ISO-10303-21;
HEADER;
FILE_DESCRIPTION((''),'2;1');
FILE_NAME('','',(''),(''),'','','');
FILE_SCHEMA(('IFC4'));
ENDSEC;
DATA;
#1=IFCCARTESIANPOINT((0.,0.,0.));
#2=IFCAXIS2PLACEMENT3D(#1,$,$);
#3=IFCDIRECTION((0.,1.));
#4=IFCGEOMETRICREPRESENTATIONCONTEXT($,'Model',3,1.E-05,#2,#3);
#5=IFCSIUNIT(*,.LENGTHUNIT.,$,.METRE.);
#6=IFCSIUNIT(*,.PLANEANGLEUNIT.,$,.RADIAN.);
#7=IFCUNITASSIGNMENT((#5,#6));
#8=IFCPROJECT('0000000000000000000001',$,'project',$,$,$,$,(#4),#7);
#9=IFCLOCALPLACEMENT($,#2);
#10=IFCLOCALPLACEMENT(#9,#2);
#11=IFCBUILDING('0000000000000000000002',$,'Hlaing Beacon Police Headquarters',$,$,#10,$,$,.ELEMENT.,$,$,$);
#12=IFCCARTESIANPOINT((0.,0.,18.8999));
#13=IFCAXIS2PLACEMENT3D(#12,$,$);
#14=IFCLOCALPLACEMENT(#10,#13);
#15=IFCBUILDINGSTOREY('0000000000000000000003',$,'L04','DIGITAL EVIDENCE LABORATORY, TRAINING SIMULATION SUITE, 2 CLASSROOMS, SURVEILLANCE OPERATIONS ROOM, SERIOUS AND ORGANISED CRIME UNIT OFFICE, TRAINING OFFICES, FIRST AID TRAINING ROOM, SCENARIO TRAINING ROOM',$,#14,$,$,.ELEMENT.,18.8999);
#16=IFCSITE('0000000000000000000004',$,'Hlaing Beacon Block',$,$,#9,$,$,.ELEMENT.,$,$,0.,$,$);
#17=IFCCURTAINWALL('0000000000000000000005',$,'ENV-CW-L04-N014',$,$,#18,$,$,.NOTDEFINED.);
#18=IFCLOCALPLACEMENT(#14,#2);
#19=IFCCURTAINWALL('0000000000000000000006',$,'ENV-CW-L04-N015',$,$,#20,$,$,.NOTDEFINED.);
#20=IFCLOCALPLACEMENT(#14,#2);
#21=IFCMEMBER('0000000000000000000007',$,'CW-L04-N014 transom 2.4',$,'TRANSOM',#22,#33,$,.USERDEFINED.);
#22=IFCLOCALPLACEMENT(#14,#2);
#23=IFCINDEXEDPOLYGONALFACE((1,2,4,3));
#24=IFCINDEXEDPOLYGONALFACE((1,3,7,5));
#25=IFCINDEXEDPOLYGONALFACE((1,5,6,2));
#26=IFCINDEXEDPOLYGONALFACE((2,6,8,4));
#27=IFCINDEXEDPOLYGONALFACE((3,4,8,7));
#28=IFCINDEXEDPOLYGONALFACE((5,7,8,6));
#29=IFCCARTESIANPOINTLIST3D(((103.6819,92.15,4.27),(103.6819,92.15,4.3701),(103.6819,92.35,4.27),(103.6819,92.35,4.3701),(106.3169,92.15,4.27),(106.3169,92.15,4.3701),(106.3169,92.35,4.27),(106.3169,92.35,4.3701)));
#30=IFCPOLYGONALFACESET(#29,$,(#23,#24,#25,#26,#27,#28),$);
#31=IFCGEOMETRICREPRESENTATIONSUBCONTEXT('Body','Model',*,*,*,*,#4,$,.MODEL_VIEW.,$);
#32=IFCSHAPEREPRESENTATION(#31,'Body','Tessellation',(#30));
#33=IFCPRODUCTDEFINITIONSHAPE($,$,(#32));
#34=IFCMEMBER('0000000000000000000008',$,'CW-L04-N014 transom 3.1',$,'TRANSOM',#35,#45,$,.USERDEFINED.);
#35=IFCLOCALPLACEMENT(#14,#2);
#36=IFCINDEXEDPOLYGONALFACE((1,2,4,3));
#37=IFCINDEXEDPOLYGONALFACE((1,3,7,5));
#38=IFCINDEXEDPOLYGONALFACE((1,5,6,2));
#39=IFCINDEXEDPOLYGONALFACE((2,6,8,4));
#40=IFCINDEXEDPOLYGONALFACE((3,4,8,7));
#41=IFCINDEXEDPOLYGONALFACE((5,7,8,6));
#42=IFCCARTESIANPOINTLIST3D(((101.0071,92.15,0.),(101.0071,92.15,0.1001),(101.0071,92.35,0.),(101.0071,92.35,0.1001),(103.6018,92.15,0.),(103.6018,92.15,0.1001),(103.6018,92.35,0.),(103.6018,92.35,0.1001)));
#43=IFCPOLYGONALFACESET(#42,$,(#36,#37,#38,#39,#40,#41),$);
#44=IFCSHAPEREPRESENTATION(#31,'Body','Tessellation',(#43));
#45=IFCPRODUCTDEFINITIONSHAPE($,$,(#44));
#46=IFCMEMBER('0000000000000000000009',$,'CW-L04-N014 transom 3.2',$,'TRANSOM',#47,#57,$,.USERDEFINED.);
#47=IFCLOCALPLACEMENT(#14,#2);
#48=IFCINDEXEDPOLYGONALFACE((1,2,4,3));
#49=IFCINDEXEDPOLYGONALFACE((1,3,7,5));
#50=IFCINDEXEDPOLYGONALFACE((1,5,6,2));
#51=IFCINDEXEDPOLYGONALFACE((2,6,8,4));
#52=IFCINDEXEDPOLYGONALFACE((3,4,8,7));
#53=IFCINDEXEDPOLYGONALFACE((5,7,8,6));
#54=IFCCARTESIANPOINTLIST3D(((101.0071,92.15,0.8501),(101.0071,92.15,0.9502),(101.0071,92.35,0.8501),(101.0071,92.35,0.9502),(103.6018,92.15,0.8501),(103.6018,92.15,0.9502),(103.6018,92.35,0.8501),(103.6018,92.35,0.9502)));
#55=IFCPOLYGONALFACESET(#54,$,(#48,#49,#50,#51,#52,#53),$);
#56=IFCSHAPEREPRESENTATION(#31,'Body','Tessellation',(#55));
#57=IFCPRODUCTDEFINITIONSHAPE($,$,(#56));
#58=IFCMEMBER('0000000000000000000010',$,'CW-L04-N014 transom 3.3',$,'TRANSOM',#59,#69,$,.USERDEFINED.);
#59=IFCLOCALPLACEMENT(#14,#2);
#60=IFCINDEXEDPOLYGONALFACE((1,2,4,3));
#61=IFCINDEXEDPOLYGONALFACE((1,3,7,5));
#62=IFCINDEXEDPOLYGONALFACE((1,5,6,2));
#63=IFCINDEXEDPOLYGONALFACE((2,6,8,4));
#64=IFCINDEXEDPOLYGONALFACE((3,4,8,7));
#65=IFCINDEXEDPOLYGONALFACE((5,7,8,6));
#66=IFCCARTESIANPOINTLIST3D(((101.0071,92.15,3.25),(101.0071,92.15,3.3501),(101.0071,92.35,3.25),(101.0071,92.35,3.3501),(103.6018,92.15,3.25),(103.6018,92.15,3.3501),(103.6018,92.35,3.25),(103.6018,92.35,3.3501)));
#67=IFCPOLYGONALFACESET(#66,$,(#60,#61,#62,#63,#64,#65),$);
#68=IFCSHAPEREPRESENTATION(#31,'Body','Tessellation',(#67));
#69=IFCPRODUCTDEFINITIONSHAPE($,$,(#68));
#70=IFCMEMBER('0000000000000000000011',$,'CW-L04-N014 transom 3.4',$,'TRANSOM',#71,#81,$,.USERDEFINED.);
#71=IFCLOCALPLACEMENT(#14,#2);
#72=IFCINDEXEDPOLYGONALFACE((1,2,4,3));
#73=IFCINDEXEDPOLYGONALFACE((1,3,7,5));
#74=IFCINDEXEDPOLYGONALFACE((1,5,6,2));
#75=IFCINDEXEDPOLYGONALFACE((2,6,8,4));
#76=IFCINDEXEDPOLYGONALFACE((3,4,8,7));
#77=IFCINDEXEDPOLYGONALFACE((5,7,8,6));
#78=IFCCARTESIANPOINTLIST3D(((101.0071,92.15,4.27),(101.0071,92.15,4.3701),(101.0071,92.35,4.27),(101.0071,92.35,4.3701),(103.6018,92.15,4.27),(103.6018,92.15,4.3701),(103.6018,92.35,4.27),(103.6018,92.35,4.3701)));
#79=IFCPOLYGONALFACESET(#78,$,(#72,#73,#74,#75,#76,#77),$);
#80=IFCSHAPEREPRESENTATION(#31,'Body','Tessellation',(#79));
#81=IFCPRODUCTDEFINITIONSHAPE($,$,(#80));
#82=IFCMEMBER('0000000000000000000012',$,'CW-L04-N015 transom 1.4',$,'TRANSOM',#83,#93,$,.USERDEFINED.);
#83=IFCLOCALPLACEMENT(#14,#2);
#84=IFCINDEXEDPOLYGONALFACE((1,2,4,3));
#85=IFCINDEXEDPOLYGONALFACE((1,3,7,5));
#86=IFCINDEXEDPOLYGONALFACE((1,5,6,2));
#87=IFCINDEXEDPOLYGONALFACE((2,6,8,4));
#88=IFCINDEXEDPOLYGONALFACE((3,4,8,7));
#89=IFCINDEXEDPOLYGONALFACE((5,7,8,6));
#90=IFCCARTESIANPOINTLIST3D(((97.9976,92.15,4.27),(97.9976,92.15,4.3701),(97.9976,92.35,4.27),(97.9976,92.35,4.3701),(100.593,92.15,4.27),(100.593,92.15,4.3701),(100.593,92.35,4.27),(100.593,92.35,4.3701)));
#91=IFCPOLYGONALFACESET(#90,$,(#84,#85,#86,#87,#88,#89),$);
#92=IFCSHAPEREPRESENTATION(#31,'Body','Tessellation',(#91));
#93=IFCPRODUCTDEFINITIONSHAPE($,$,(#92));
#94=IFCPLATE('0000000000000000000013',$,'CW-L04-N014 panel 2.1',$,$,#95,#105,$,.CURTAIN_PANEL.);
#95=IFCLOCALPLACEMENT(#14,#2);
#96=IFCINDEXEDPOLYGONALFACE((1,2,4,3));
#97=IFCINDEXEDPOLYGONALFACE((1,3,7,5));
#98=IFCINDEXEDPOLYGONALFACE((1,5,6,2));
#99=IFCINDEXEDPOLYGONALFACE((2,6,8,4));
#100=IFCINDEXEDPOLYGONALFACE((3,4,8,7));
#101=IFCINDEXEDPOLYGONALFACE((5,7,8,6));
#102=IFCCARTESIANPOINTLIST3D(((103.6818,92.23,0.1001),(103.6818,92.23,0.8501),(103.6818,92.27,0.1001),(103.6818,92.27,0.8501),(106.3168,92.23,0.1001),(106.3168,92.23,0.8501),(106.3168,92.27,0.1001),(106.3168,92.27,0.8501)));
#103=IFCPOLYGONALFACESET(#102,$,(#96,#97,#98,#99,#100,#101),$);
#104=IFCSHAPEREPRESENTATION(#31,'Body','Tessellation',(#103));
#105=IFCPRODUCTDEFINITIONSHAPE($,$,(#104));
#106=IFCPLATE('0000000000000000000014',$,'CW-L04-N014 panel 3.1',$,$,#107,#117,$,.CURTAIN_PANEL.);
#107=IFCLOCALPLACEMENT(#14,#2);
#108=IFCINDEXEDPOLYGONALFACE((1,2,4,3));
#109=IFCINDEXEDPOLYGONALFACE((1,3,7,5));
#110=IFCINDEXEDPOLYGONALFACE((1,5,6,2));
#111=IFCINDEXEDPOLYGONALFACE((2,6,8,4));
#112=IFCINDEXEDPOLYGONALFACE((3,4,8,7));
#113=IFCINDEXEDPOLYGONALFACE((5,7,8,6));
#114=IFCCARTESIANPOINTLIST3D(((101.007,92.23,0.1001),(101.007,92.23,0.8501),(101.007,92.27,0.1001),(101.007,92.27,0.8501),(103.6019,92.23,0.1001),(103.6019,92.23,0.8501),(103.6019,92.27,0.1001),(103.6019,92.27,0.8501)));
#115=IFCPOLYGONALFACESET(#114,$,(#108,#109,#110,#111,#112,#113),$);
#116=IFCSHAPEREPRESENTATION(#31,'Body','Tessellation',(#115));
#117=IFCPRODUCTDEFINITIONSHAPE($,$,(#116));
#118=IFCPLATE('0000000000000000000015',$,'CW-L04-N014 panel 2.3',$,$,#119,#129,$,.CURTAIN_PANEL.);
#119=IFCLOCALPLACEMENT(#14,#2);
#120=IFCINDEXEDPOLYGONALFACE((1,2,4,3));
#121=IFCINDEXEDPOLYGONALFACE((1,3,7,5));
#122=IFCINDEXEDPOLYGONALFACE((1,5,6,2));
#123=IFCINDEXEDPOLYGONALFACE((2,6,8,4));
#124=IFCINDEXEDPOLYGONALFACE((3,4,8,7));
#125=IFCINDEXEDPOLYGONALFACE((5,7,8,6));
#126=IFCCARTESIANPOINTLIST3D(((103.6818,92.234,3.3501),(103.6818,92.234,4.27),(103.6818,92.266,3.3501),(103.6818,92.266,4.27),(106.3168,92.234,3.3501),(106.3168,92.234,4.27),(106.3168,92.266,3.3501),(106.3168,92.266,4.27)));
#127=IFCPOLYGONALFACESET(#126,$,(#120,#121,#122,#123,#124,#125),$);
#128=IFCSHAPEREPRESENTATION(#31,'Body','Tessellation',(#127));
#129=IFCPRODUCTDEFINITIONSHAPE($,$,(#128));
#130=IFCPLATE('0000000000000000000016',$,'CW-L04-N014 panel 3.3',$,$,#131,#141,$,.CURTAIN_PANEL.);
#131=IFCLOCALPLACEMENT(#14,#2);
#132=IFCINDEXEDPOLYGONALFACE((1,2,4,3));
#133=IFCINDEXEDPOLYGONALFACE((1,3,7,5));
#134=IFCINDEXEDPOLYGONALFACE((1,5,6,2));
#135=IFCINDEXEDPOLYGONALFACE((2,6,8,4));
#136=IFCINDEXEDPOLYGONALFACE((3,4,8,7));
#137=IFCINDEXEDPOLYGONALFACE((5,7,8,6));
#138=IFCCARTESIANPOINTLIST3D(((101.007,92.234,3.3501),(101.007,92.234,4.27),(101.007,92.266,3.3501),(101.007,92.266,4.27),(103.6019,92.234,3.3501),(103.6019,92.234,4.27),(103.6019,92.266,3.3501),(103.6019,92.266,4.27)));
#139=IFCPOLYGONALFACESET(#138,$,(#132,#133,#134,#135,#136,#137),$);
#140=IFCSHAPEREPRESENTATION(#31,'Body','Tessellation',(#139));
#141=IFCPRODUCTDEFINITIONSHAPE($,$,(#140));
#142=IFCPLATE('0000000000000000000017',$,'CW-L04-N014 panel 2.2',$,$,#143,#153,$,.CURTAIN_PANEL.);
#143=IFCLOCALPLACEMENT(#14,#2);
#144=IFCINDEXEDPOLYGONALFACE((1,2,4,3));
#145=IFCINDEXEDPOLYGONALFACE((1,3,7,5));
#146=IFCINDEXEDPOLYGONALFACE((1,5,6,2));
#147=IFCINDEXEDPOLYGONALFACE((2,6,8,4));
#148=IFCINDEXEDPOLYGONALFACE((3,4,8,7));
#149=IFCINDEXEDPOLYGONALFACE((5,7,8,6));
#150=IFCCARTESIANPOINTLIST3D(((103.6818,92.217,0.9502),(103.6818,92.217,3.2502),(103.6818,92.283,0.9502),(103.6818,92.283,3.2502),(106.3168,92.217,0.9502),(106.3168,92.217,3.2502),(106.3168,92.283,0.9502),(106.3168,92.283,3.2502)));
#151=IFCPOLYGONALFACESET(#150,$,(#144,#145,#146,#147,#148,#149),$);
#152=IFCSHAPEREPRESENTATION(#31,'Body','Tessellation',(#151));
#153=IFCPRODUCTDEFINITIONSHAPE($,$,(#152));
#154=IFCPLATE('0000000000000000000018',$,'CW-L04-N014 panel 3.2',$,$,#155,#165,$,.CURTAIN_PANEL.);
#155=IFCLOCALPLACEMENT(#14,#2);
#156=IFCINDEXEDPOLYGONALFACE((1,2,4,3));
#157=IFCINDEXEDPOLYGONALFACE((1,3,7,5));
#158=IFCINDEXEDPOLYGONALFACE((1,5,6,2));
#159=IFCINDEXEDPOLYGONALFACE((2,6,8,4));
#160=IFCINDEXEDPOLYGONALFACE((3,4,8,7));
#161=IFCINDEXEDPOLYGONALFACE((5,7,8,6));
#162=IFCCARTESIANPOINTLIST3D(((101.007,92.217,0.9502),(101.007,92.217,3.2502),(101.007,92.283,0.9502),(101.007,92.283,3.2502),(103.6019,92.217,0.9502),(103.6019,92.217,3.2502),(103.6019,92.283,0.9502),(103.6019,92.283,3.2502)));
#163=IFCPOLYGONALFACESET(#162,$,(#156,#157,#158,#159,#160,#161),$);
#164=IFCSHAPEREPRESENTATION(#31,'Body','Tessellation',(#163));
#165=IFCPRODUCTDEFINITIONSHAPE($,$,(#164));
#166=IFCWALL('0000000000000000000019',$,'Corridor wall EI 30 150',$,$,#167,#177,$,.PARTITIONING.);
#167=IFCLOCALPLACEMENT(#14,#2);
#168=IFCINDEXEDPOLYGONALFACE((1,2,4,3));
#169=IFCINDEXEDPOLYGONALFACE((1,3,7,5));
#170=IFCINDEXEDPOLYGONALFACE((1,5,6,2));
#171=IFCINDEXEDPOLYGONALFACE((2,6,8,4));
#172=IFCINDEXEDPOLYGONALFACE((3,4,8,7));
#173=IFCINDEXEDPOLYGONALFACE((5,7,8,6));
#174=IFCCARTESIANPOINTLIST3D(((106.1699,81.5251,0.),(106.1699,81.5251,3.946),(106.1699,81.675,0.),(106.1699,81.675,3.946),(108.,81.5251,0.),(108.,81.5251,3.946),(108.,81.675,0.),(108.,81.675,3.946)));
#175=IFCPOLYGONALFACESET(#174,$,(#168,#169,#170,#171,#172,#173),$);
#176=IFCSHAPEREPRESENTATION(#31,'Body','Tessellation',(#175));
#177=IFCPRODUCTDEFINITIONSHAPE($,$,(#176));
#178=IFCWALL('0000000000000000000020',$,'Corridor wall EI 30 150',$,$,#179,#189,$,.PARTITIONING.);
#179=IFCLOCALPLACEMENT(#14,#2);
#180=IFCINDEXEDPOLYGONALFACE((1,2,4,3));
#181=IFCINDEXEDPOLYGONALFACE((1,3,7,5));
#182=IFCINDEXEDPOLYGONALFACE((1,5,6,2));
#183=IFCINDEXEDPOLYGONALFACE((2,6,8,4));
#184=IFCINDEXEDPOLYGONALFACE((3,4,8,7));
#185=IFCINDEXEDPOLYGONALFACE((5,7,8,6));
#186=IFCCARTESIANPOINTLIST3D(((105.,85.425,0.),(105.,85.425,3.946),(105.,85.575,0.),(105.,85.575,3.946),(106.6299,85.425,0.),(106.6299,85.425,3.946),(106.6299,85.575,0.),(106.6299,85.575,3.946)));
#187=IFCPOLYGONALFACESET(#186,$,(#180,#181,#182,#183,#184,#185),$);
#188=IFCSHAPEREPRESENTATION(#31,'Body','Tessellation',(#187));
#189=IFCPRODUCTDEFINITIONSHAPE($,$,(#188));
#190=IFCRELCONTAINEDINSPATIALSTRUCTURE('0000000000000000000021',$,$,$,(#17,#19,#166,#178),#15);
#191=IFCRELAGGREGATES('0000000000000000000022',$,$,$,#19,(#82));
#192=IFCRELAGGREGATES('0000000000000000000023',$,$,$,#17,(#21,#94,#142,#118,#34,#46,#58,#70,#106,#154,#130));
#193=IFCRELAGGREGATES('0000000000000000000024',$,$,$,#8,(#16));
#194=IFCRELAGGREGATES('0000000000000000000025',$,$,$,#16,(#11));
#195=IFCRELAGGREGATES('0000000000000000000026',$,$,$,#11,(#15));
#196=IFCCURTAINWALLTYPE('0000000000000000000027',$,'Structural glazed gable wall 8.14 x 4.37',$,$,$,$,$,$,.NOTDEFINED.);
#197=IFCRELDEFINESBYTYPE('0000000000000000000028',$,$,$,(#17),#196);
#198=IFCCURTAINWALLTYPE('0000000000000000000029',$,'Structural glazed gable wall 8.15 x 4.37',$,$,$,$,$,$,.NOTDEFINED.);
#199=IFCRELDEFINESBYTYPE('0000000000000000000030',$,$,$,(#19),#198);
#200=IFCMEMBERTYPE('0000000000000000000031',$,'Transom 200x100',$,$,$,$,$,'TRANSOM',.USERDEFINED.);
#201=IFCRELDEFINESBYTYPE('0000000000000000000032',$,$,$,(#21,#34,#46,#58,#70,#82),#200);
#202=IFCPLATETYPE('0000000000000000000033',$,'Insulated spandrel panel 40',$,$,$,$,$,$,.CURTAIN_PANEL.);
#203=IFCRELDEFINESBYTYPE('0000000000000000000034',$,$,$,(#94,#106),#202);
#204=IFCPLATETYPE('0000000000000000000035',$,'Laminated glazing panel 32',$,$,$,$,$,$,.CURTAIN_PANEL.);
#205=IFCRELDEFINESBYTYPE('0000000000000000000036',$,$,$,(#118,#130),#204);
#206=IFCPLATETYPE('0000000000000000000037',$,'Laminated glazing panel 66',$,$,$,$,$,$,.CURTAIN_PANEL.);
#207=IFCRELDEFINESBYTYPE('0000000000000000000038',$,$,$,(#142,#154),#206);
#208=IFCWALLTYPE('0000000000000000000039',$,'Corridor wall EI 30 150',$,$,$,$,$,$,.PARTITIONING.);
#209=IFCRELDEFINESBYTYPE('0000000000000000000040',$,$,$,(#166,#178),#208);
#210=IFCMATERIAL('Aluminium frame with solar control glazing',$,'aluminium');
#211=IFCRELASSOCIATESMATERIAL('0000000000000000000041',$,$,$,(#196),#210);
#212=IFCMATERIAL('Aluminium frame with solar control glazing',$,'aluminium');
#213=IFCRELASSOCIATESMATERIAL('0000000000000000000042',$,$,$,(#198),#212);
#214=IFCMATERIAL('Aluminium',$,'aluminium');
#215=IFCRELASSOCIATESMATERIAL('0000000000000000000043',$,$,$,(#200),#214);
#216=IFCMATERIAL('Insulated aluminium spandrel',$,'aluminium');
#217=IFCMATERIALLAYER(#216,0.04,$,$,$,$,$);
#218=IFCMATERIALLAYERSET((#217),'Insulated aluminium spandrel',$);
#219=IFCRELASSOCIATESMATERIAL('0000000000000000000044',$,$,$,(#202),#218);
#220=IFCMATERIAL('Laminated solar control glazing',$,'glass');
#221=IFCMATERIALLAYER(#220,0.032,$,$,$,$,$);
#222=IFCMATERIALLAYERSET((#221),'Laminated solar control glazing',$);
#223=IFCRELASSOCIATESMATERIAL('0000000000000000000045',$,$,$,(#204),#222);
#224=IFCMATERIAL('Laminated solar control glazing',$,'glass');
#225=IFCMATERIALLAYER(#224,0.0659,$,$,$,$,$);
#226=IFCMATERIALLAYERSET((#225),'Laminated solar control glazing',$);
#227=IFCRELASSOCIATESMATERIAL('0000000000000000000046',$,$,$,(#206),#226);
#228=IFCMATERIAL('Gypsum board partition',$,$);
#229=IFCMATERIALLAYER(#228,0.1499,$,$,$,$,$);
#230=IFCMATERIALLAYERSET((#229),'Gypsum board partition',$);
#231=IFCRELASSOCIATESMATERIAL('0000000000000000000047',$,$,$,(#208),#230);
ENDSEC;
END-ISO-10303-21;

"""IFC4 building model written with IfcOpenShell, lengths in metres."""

from ifc_helpers import new_model, si_unit, direction, frame, frame_2d, origin, origin_2d, place, context, subcontext, project, spatial, rectangle, extrude, material, layer, layer_set, material_profile, profile_set, type_object, element, aggregate, save


model = new_model("IFC4")

# Units and contexts
model_context = context("Model", 3, precision=1e-05, world=origin(), true_north=direction((0.0, 1.0)))
body_context = subcontext(model_context, "Body", "Model", "MODEL_VIEW")
ifc_project = project(units=[si_unit("LENGTHUNIT", "METRE"), si_unit("PLANEANGLEUNIT", "RADIAN")], contexts=[model_context])

# Site, building, storey
site_placement = place(None, origin())
site = spatial("IfcSite", under=ifc_project, at=site_placement, Name="Hlaing Beacon Block", CompositionType="ELEMENT", RefElevation=0.0)
building_placement = place(site_placement, origin())
building = spatial("IfcBuilding", under=site, at=building_placement, Name="Hlaing Beacon Police Headquarters", CompositionType="ELEMENT")
storey_placement = place(building_placement, frame((0.0, 0.0, 18.8999)))
storey = spatial("IfcBuildingStorey", under=building, at=storey_placement, Name="L04", Description="DIGITAL EVIDENCE LABORATORY, TRAINING SIMULATION SUITE, 2 CLASSROOMS, SURVEILLANCE OPERATIONS ROOM, SERIOUS AND ORGANISED CRIME UNIT OFFICE, TRAINING OFFICES, FIRST AID TRAINING ROOM, SCENARIO TRAINING ROOM", CompositionType="ELEMENT", Elevation=18.8999)

# Curtain wall
ifc_material_1 = material(Name="Aluminium frame with solar control glazing", Category="aluminium")
curtain_wall_type_1 = type_object("IfcCurtainWallType", Name="Structural glazed gable wall 8.14 x 4.37", PredefinedType="NOTDEFINED", material=ifc_material_1)
curtain_wall_1_placement = place(storey_placement, origin())
curtain_wall_1 = element("IfcCurtainWall", 1, at=curtain_wall_1_placement, inside=storey, type_object=curtain_wall_type_1, Name="ENV-CW-L04-N014", PredefinedType="NOTDEFINED")

# Curtain wall
ifc_material_2 = material(Name="Aluminium frame with solar control glazing", Category="aluminium")
curtain_wall_type_2 = type_object("IfcCurtainWallType", Name="Structural glazed gable wall 8.15 x 4.37", PredefinedType="NOTDEFINED", material=ifc_material_2)
curtain_wall_2_placement = place(storey_placement, origin())
curtain_wall_2 = element("IfcCurtainWall", 2, at=curtain_wall_2_placement, inside=storey, type_object=curtain_wall_type_2, Name="ENV-CW-L04-N015", PredefinedType="NOTDEFINED")

# Members
ifc_material_3 = material(Name="Aluminium", Category="aluminium")
ifc_material_profile_1 = material_profile(ifc_material_3, rectangle(XDim=0.2, YDim=0.1001, at=origin_2d()), Name="Transom 200x100")
ifc_profile_set_1 = profile_set([ifc_material_profile_1], Name="Aluminium")
member_type_1 = type_object("IfcMemberType", Name="Transom 200x100", ElementType="TRANSOM", PredefinedType="USERDEFINED", material=ifc_profile_set_1)
member_1_placement = place(storey_placement, frame((106.3169, 92.25, 4.3201), z_axis=(-1.0, 0.0, 0.0), x_axis=(0.0, -1.0, 0.0)))
member_1 = element("IfcMember", 3, at=member_1_placement, type_object=member_type_1, Name="CW-L04-N014 transom 2.4", ObjectType="TRANSOM", PredefinedType="USERDEFINED", context=body_context, shape_type="SweptSolid", body=[
    extrude(rectangle(XDim=0.2, YDim=0.1001, at=origin_2d()), origin(), (0.0, 0.0, 1.0), 2.635),
])
member_2_placement = place(storey_placement, frame((103.6018, 92.25, 0.05), z_axis=(-1.0, 0.0, 0.0), x_axis=(0.0, -1.0, 0.0)))
member_2 = element("IfcMember", 4, at=member_2_placement, type_object=member_type_1, Name="CW-L04-N014 transom 3.1", ObjectType="TRANSOM", PredefinedType="USERDEFINED", context=body_context, shape_type="SweptSolid", body=[
    extrude(rectangle(XDim=0.2, YDim=0.1001, at=origin_2d()), origin(), (0.0, 0.0, 1.0), 2.5947),
])
member_3_placement = place(storey_placement, frame((103.6018, 92.25, 0.9001), z_axis=(-1.0, 0.0, 0.0), x_axis=(0.0, -1.0, 0.0)))
member_3 = element("IfcMember", 5, at=member_3_placement, type_object=member_type_1, Name="CW-L04-N014 transom 3.2", ObjectType="TRANSOM", PredefinedType="USERDEFINED", context=body_context, shape_type="SweptSolid", body=[
    extrude(rectangle(XDim=0.2, YDim=0.1001, at=origin_2d()), origin(), (0.0, 0.0, 1.0), 2.5947),
])
member_4_placement = place(storey_placement, frame((103.6018, 92.25, 3.3), z_axis=(-1.0, 0.0, 0.0), x_axis=(0.0, -1.0, 0.0)))
member_4 = element("IfcMember", 6, at=member_4_placement, type_object=member_type_1, Name="CW-L04-N014 transom 3.3", ObjectType="TRANSOM", PredefinedType="USERDEFINED", context=body_context, shape_type="SweptSolid", body=[
    extrude(rectangle(XDim=0.2, YDim=0.1001, at=origin_2d()), origin(), (0.0, 0.0, 1.0), 2.5947),
])
member_5_placement = place(storey_placement, frame((103.6018, 92.25, 4.3201), z_axis=(-1.0, 0.0, 0.0), x_axis=(0.0, -1.0, 0.0)))
member_5 = element("IfcMember", 7, at=member_5_placement, type_object=member_type_1, Name="CW-L04-N014 transom 3.4", ObjectType="TRANSOM", PredefinedType="USERDEFINED", context=body_context, shape_type="SweptSolid", body=[
    extrude(rectangle(XDim=0.2, YDim=0.1001, at=origin_2d()), origin(), (0.0, 0.0, 1.0), 2.5947),
])
member_6_placement = place(storey_placement, frame((100.593, 92.25, 4.3201), z_axis=(-1.0, 0.0, 0.0), x_axis=(0.0, -1.0, 0.0)))
member_6 = element("IfcMember", 8, at=member_6_placement, type_object=member_type_1, Name="CW-L04-N015 transom 1.4", ObjectType="TRANSOM", PredefinedType="USERDEFINED", context=body_context, shape_type="SweptSolid", body=[
    extrude(rectangle(XDim=0.2, YDim=0.1001, at=origin_2d()), origin(), (0.0, 0.0, 1.0), 2.5955),
])
aggregate(curtain_wall_2, [member_6])

# Plates
ifc_material_4 = material(Name="Insulated aluminium spandrel", Category="aluminium")
ifc_layer_1 = layer(ifc_material_4, 0.04)
ifc_layer_set_1 = layer_set([ifc_layer_1], Name="Insulated aluminium spandrel")
plate_type_1 = type_object("IfcPlateType", Name="Insulated spandrel panel 40", PredefinedType="CURTAIN_PANEL", material=ifc_layer_set_1)
plate_1_placement = place(storey_placement, frame((104.9993, 92.25, 0.1001), z_axis=(0.0, 0.0, 1.0), x_axis=(-1.0, 0.0, 0.0)))
plate_1 = element("IfcPlate", 9, at=plate_1_placement, type_object=plate_type_1, Name="CW-L04-N014 panel 2.1", PredefinedType="CURTAIN_PANEL", context=body_context, shape_type="SweptSolid", body=[
    extrude(rectangle(XDim=2.635, YDim=0.04, at=origin_2d()), origin(), (0.0, 0.0, 1.0), 0.75),
])
plate_2_placement = place(storey_placement, frame((102.3044, 92.25, 0.1001), z_axis=(0.0, 0.0, 1.0), x_axis=(-1.0, 0.0, 0.0)))
plate_2 = element("IfcPlate", 10, at=plate_2_placement, type_object=plate_type_1, Name="CW-L04-N014 panel 3.1", PredefinedType="CURTAIN_PANEL", context=body_context, shape_type="SweptSolid", body=[
    extrude(rectangle(XDim=2.595, YDim=0.04, at=origin_2d()), origin(), (0.0, 0.0, 1.0), 0.75),
])
ifc_material_5 = material(Name="Laminated solar control glazing", Category="glass")
ifc_layer_2 = layer(ifc_material_5, 0.032)
ifc_layer_set_2 = layer_set([ifc_layer_2], Name="Laminated solar control glazing")
plate_type_2 = type_object("IfcPlateType", Name="Laminated glazing panel 32", PredefinedType="CURTAIN_PANEL", material=ifc_layer_set_2)
plate_3_placement = place(storey_placement, frame((104.9993, 92.25, 3.3501), z_axis=(0.0, 0.0, 1.0), x_axis=(-1.0, 0.0, 0.0)))
plate_3 = element("IfcPlate", 11, at=plate_3_placement, type_object=plate_type_2, Name="CW-L04-N014 panel 2.3", PredefinedType="CURTAIN_PANEL", context=body_context, shape_type="SweptSolid", body=[
    extrude(rectangle(XDim=2.635, YDim=0.032, at=origin_2d()), origin(), (0.0, 0.0, 1.0), 0.9199),
])
plate_4_placement = place(storey_placement, frame((102.3044, 92.25, 3.3501), z_axis=(0.0, 0.0, 1.0), x_axis=(-1.0, 0.0, 0.0)))
plate_4 = element("IfcPlate", 12, at=plate_4_placement, type_object=plate_type_2, Name="CW-L04-N014 panel 3.3", PredefinedType="CURTAIN_PANEL", context=body_context, shape_type="SweptSolid", body=[
    extrude(rectangle(XDim=2.595, YDim=0.032, at=origin_2d()), origin(), (0.0, 0.0, 1.0), 0.9199),
])
ifc_material_6 = material(Name="Laminated solar control glazing", Category="glass")
ifc_layer_3 = layer(ifc_material_6, 0.0659)
ifc_layer_set_3 = layer_set([ifc_layer_3], Name="Laminated solar control glazing")
plate_type_3 = type_object("IfcPlateType", Name="Laminated glazing panel 66", PredefinedType="CURTAIN_PANEL", material=ifc_layer_set_3)
plate_5_placement = place(storey_placement, frame((104.9993, 92.25, 0.9502), z_axis=(0.0, 0.0, 1.0), x_axis=(-1.0, 0.0, 0.0)))
plate_5 = element("IfcPlate", 13, at=plate_5_placement, type_object=plate_type_3, Name="CW-L04-N014 panel 2.2", PredefinedType="CURTAIN_PANEL", context=body_context, shape_type="SweptSolid", body=[
    extrude(rectangle(XDim=2.635, YDim=0.0659, at=origin_2d()), origin(), (0.0, 0.0, 1.0), 2.3),
])
plate_6_placement = place(storey_placement, frame((102.3044, 92.25, 0.9502), z_axis=(0.0, 0.0, 1.0), x_axis=(-1.0, 0.0, 0.0)))
plate_6 = element("IfcPlate", 14, at=plate_6_placement, type_object=plate_type_3, Name="CW-L04-N014 panel 3.2", PredefinedType="CURTAIN_PANEL", context=body_context, shape_type="SweptSolid", body=[
    extrude(rectangle(XDim=2.595, YDim=0.0659, at=origin_2d()), origin(), (0.0, 0.0, 1.0), 2.3),
])
aggregate(curtain_wall_1, [member_1, plate_1, plate_5, plate_3, member_2, member_3, member_4, member_5, plate_2, plate_6, plate_4])

# Wall
ifc_material_7 = material(Name="Gypsum board partition")
ifc_layer_4 = layer(ifc_material_7, 0.1499)
ifc_layer_set_4 = layer_set([ifc_layer_4], Name="Gypsum board partition")
wall_type_1 = type_object("IfcWallType", Name="Corridor wall EI 30 150", PredefinedType="PARTITIONING", material=ifc_layer_set_4)
wall_1_placement = place(storey_placement, frame((106.1699, 81.6001, 0.0), z_axis=(0.0, 0.0, 1.0), x_axis=(1.0, 0.0, 0.0)))
element("IfcWall", 15, at=wall_1_placement, inside=storey, type_object=wall_type_1, Name="Corridor wall EI 30 150", PredefinedType="PARTITIONING", context=body_context, shape_type="SweptSolid", body=[
    extrude(rectangle(XDim=1.8301, YDim=0.1499, at=frame_2d((0.915, 0.0))), origin(), (0.0, 0.0, 1.0), 3.946),
])

# Wall
wall_2_placement = place(storey_placement, frame((105.0, 85.5, 0.0), z_axis=(0.0, 0.0, 1.0), x_axis=(1.0, 0.0, 0.0)))
element("IfcWall", 16, at=wall_2_placement, inside=storey, type_object=wall_type_1, Name="Corridor wall EI 30 150", PredefinedType="PARTITIONING", context=body_context, shape_type="SweptSolid", body=[
    extrude(rectangle(XDim=1.6299, YDim=0.1499, at=frame_2d((0.8149, 0.0))), origin(), (0.0, 0.0, 1.0), 3.946),
])

save(model, "model.ifc")
